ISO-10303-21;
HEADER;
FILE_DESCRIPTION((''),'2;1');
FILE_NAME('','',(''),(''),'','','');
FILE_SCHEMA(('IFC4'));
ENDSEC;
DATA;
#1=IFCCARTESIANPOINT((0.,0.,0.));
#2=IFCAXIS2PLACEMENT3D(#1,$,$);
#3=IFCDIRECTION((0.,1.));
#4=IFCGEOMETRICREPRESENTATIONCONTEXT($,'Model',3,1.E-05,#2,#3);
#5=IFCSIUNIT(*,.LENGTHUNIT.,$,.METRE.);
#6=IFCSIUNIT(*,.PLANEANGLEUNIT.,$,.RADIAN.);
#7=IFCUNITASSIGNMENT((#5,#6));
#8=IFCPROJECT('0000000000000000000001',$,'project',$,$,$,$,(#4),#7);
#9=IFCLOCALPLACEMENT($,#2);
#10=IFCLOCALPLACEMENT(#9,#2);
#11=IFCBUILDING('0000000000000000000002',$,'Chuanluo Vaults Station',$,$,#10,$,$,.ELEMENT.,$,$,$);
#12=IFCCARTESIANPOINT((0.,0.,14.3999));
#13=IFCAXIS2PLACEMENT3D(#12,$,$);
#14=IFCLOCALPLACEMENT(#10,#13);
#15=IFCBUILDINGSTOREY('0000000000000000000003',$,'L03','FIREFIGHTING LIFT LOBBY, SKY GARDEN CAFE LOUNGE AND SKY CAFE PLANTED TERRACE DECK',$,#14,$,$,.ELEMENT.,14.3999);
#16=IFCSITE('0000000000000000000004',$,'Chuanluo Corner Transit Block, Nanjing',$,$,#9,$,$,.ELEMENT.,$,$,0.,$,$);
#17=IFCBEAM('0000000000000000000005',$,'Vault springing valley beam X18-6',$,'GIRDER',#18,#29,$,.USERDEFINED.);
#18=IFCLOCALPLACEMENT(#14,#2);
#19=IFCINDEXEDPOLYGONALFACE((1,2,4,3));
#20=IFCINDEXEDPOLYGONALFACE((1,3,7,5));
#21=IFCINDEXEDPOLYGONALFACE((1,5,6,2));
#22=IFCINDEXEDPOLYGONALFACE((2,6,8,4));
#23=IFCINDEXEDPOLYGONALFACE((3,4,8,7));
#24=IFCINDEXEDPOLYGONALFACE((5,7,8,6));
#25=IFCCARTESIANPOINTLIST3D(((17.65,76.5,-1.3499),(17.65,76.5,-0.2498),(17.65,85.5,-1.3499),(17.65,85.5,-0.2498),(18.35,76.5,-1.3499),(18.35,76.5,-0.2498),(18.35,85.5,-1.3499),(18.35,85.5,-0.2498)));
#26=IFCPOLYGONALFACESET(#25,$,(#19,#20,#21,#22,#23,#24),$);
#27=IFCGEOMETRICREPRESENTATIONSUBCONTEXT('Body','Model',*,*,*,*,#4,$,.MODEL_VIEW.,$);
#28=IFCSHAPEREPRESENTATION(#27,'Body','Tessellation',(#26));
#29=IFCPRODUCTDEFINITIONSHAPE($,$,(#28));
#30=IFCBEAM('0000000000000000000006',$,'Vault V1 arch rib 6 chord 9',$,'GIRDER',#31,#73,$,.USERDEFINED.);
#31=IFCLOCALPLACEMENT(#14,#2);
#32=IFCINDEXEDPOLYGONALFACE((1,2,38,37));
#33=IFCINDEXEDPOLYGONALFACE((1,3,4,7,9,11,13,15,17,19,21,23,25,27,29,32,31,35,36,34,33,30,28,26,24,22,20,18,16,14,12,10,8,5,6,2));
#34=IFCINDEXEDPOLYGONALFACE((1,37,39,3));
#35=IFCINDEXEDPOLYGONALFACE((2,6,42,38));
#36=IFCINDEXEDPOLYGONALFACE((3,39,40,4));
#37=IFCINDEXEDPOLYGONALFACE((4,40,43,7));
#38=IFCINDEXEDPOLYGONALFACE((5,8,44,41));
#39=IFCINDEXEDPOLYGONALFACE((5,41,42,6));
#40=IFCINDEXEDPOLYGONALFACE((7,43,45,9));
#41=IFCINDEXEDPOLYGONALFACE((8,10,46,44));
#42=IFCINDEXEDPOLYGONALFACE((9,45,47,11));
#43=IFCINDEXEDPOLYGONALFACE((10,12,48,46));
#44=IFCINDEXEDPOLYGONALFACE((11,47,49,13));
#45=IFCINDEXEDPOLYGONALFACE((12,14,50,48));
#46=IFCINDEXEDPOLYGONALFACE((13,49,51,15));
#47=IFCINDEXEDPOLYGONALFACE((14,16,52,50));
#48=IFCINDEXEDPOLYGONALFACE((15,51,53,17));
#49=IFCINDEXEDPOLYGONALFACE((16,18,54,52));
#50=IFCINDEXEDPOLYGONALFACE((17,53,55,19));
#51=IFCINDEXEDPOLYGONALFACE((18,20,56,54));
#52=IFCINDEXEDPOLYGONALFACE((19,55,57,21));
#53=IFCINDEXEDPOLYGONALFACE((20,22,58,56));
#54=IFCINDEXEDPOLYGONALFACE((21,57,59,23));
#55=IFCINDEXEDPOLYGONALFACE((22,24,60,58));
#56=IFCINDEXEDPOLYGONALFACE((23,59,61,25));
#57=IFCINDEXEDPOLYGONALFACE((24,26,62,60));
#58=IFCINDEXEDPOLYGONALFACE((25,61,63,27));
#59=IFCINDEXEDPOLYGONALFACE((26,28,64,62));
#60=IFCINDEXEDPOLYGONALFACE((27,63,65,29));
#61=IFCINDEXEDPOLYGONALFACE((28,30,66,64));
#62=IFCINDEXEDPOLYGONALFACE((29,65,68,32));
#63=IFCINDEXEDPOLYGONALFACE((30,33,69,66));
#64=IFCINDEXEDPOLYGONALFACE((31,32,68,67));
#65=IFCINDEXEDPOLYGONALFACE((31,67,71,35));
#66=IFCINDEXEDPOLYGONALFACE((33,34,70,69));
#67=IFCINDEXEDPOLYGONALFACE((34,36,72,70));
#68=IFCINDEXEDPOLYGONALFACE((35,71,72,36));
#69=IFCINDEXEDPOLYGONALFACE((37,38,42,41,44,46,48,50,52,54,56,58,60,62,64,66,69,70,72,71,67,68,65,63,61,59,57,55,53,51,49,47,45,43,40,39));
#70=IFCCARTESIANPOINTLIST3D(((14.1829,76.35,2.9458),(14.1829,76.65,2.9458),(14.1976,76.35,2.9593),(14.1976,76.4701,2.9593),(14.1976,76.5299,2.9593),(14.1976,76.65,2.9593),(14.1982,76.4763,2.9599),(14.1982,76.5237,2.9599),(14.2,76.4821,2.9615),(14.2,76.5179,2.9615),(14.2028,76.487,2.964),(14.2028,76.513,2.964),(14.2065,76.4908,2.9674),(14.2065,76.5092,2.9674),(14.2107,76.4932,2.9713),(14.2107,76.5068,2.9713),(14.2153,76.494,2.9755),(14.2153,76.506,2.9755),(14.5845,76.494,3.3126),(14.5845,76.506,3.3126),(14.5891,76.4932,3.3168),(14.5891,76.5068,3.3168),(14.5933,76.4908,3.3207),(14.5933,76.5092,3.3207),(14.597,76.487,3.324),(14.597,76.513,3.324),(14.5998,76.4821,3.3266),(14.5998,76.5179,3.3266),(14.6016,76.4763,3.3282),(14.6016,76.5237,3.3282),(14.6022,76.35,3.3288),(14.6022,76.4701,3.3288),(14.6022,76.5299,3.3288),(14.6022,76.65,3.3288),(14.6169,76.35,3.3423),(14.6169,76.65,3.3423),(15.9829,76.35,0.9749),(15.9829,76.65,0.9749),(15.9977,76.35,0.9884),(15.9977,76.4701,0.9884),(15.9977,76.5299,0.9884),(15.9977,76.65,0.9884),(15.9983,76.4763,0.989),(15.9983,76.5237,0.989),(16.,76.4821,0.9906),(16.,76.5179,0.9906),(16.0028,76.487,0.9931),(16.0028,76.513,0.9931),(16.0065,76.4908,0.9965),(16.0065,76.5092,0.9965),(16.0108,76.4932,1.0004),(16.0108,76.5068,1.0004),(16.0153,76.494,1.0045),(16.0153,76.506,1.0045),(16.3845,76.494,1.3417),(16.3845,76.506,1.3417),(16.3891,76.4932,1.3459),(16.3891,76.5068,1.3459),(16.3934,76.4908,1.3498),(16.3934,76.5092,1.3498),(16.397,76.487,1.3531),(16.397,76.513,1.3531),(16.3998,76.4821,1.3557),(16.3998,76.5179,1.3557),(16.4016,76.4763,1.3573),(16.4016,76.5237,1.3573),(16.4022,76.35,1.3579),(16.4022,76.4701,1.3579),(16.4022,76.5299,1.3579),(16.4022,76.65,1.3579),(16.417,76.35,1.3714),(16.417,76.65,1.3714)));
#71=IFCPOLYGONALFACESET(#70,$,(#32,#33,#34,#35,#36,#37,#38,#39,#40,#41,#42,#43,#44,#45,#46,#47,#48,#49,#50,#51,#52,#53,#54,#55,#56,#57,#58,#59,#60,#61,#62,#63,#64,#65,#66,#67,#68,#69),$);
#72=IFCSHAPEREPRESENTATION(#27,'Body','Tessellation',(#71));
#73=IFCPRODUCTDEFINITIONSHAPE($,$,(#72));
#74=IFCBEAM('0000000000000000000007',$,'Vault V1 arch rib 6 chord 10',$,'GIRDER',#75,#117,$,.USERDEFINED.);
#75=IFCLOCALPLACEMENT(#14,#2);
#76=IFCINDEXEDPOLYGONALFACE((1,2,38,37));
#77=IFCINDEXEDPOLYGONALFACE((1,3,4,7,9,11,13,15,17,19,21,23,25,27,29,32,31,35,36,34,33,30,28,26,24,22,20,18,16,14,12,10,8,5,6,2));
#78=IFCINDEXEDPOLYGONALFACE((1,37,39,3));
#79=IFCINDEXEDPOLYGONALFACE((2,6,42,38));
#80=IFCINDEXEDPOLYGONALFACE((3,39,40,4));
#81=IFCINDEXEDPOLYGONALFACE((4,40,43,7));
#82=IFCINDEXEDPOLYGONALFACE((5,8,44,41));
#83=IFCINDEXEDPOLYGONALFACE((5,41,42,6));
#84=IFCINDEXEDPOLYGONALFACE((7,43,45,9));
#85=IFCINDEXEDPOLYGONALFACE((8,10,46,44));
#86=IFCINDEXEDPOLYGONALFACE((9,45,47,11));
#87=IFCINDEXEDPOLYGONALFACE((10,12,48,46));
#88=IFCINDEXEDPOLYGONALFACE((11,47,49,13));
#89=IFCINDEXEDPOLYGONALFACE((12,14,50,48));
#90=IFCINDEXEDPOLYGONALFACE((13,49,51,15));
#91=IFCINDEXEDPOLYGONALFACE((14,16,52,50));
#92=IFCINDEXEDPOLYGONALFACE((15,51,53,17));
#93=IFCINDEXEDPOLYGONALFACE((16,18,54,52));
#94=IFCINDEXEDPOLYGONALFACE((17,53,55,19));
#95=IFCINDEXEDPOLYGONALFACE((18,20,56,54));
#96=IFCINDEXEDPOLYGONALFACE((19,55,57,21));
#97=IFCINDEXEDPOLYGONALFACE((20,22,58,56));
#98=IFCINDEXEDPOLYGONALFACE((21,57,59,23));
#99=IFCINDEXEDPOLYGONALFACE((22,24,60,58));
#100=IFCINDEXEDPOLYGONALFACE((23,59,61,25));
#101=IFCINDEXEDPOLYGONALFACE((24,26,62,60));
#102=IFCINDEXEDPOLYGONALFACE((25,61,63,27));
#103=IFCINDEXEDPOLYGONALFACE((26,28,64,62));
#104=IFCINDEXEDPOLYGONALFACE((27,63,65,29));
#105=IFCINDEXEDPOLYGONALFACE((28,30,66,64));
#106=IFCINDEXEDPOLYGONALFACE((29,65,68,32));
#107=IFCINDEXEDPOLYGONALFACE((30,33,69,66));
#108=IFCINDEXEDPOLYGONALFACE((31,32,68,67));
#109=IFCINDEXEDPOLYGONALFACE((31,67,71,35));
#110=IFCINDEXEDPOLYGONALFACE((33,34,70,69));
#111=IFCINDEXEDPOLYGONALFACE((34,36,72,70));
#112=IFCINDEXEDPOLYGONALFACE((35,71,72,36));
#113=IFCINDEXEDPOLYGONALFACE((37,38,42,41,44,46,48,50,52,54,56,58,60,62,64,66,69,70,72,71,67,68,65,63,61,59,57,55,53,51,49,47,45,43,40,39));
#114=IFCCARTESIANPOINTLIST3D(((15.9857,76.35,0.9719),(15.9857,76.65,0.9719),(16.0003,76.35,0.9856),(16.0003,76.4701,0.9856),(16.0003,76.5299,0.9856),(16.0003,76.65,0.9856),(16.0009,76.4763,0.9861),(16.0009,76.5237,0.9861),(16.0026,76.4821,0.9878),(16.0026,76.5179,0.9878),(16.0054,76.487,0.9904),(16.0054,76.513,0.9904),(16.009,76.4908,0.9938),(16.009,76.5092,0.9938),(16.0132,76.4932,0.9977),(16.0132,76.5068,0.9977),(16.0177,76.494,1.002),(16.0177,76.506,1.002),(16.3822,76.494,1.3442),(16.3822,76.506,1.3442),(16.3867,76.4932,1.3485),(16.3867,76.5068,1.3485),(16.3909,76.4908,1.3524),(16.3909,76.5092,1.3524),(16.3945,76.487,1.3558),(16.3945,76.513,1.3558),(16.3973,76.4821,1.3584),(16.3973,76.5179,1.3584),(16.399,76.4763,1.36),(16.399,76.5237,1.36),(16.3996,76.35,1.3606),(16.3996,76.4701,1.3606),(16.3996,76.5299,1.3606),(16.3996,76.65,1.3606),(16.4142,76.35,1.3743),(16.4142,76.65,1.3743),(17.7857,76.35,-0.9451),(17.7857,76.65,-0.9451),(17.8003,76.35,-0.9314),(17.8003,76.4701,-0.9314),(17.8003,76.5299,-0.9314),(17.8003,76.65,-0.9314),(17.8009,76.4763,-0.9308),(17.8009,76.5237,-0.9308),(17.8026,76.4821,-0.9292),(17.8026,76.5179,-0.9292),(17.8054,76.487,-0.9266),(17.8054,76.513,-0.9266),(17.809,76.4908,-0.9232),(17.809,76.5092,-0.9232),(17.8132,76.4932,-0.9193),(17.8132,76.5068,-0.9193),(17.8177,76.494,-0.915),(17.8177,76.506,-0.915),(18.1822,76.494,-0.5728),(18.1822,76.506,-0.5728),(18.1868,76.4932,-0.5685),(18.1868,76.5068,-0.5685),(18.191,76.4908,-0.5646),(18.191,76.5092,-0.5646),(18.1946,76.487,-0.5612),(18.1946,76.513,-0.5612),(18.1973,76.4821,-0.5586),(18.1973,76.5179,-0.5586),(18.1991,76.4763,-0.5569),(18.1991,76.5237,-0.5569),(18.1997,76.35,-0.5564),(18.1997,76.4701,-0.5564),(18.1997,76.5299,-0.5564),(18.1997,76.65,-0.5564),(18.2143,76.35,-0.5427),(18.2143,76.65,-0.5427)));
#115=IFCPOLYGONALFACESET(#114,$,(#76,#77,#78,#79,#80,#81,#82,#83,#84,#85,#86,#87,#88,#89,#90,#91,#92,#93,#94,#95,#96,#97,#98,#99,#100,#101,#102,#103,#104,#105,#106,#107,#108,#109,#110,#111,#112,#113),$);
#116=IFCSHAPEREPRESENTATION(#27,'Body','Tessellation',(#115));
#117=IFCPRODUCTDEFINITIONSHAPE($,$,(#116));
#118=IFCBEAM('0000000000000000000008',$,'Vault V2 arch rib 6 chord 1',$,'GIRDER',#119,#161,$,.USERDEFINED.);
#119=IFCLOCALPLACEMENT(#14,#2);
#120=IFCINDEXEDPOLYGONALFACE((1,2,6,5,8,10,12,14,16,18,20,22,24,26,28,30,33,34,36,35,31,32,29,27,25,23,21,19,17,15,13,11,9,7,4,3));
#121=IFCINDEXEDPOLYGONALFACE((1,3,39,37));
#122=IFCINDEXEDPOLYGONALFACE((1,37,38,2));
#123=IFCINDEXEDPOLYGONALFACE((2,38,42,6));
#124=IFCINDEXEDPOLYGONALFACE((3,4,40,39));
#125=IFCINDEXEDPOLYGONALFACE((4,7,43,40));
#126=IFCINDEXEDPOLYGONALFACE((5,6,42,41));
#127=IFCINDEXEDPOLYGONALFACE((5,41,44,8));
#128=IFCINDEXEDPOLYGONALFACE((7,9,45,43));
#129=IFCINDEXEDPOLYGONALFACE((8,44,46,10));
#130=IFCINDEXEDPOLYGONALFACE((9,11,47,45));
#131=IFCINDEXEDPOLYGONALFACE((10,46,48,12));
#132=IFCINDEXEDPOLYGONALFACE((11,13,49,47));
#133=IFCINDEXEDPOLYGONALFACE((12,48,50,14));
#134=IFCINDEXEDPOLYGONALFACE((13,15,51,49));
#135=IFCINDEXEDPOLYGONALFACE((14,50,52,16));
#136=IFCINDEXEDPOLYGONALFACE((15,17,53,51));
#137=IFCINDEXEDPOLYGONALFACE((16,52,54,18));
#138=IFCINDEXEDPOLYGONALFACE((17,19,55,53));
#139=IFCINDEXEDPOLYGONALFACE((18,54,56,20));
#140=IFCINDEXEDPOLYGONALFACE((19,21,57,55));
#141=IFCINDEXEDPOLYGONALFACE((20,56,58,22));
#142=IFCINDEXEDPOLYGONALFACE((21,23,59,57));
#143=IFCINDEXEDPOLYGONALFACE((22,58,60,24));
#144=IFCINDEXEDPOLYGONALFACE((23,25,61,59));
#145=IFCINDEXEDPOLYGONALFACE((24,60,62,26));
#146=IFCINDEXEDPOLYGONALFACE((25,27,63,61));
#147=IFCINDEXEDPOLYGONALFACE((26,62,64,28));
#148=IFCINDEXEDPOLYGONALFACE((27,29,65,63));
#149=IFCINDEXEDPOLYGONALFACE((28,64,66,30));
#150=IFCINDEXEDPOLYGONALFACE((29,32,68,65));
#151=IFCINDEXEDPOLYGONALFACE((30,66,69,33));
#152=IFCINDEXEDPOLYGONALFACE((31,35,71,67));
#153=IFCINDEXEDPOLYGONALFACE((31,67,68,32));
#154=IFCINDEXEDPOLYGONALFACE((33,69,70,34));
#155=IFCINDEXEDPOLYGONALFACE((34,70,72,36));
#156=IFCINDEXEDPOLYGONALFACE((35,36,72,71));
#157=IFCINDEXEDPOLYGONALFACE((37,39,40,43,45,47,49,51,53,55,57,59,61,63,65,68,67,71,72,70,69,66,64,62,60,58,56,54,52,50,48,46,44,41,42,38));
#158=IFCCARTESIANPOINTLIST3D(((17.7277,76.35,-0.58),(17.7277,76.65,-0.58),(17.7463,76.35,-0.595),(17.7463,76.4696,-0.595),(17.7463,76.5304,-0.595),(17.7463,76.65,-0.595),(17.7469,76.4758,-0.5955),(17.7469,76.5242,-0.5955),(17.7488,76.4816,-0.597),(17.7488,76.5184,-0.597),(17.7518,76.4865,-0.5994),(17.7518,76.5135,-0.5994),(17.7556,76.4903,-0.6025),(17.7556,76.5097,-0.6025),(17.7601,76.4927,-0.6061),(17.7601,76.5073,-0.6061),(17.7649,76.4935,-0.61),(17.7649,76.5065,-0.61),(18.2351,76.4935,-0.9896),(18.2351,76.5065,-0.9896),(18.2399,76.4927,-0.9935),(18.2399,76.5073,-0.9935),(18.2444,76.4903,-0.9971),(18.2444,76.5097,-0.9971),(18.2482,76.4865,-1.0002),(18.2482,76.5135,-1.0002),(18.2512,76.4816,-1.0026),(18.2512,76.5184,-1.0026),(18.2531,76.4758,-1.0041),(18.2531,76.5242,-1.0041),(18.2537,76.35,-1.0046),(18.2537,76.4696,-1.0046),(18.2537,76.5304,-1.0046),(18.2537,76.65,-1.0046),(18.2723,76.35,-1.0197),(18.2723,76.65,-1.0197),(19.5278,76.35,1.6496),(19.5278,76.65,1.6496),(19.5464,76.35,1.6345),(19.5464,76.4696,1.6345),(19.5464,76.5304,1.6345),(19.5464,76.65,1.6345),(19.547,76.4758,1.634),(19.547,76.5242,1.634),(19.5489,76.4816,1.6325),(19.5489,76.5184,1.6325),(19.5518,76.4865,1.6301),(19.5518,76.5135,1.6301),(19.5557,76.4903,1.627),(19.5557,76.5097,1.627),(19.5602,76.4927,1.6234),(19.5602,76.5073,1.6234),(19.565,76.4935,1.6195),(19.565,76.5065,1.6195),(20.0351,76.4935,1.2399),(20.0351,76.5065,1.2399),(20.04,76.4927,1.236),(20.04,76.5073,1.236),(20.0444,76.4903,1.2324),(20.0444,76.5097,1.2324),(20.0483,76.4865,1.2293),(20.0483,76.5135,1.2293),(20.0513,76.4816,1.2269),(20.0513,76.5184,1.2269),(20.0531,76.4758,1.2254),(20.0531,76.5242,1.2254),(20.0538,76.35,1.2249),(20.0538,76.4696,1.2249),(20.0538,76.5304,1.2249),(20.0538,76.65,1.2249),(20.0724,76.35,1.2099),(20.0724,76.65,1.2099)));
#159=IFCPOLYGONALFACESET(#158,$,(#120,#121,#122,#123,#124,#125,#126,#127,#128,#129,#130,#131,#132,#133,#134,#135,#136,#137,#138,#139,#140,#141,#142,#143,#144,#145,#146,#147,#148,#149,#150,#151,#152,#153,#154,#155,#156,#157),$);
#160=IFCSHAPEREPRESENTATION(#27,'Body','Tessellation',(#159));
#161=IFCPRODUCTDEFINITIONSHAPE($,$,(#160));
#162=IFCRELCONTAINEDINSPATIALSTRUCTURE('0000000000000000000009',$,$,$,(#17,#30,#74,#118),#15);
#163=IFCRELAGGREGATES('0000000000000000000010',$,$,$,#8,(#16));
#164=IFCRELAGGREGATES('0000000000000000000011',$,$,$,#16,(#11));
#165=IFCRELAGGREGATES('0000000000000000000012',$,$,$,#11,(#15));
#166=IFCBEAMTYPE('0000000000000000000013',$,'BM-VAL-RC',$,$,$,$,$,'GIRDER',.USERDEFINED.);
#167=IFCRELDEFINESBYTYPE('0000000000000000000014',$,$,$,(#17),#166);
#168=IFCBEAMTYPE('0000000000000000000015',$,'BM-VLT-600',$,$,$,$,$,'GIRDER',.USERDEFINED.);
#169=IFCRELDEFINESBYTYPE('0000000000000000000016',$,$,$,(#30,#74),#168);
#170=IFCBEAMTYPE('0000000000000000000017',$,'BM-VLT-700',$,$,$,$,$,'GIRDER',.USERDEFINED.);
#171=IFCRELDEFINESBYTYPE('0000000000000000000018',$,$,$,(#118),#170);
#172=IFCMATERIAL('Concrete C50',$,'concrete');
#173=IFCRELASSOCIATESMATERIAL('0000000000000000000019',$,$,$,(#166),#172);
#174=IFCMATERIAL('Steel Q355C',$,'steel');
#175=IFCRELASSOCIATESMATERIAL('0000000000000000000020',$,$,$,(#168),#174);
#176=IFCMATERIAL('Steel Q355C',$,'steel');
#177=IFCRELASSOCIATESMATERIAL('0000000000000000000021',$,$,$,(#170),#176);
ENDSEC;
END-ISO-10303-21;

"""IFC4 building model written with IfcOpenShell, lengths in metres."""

from ifc_helpers import new_model, si_unit, direction, frame, origin, origin_2d, place, context, subcontext, project, spatial, rectangle, i_section, extrude, material, material_profile, profile_set, type_object, element, save


model = new_model("IFC4")

# Units and contexts
model_context = context("Model", 3, precision=1e-05, world=origin(), true_north=direction((0.0, 1.0)))
body_context = subcontext(model_context, "Body", "Model", "MODEL_VIEW")
ifc_project = project(units=[si_unit("LENGTHUNIT", "METRE"), si_unit("PLANEANGLEUNIT", "RADIAN")], contexts=[model_context])

# Site, building, storey
site_placement = place(None, origin())
site = spatial("IfcSite", under=ifc_project, at=site_placement, Name="Chuanluo Corner Transit Block, Nanjing", CompositionType="ELEMENT", RefElevation=0.0)
building_placement = place(site_placement, origin())
building = spatial("IfcBuilding", under=site, at=building_placement, Name="Chuanluo Vaults Station", CompositionType="ELEMENT")
storey_placement = place(building_placement, frame((0.0, 0.0, 14.3999)))
storey = spatial("IfcBuildingStorey", under=building, at=storey_placement, Name="L03", Description="FIREFIGHTING LIFT LOBBY, SKY GARDEN CAFE LOUNGE AND SKY CAFE PLANTED TERRACE DECK", CompositionType="ELEMENT", Elevation=14.3999)

# Beams
ifc_material_1 = material(Name="Concrete C50", Category="concrete")
ifc_material_profile_1 = material_profile(ifc_material_1, rectangle(XDim=0.7, YDim=1.1001, at=origin_2d()))
ifc_profile_set_1 = profile_set([ifc_material_profile_1], Name="Concrete C50")
beam_type_1 = type_object("IfcBeamType", Name="BM-VAL-RC", ElementType="GIRDER", PredefinedType="USERDEFINED", material=ifc_profile_set_1)
beam_1_placement = place(storey_placement, frame((18.0, 76.5, -0.7998), z_axis=(0.0, 1.0, 0.0), x_axis=(-1.0, 0.0, 0.0)))
element("IfcBeam", 1, at=beam_1_placement, inside=storey, type_object=beam_type_1, Name="Vault springing valley beam X18-6", ObjectType="GIRDER", PredefinedType="USERDEFINED", context=body_context, shape_type="SweptSolid", body=[
    extrude(rectangle(XDim=0.7, YDim=1.1001, at=origin_2d()), origin(), (0.0, 0.0, 1.0), 9.0),
])
ifc_material_2 = material(Name="Steel Q355C", Category="steel")
ifc_material_profile_2 = material_profile(ifc_material_2, i_section(OverallWidth=0.3, OverallDepth=0.5879, WebThickness=0.012, FlangeThickness=0.02, FilletRadius=0.0239, at=origin_2d()))
ifc_profile_set_2 = profile_set([ifc_material_profile_2], Name="Steel Q355C")
beam_type_2 = type_object("IfcBeamType", Name="BM-VLT-600", ElementType="GIRDER", PredefinedType="USERDEFINED", material=ifc_profile_set_2)
beam_2_placement = place(storey_placement, frame((14.3999, 76.5, 3.144), z_axis=(0.674369, 0.0, -0.738394), x_axis=(0.0, 1.0, 0.0)))
element("IfcBeam", 2, at=beam_2_placement, inside=storey, type_object=beam_type_2, Name="Vault V1 arch rib 6 chord 9", ObjectType="GIRDER", PredefinedType="USERDEFINED", context=body_context, shape_type="SweptSolid", body=[
    extrude(i_section(OverallWidth=0.3, OverallDepth=0.5879, WebThickness=0.012, FlangeThickness=0.02, FilletRadius=0.0239, at=origin_2d()), origin(), (0.0, 0.0, 1.0), 2.6692),
])
beam_3_placement = place(storey_placement, frame((16.2, 76.5, 1.1731), z_axis=(0.684522, 0.0, -0.728993), x_axis=(0.0, 1.0, 0.0)))
element("IfcBeam", 3, at=beam_3_placement, inside=storey, type_object=beam_type_2, Name="Vault V1 arch rib 6 chord 10", ObjectType="GIRDER", PredefinedType="USERDEFINED", context=body_context, shape_type="SweptSolid", body=[
    extrude(i_section(OverallWidth=0.3, OverallDepth=0.5879, WebThickness=0.012, FlangeThickness=0.02, FilletRadius=0.0239, at=origin_2d()), origin(), (0.0, 0.0, 1.0), 2.6296),
])
ifc_material_3 = material(Name="Steel Q355C", Category="steel")
ifc_material_profile_3 = material_profile(ifc_material_3, i_section(OverallWidth=0.3, OverallDepth=0.7, WebThickness=0.0129, FlangeThickness=0.0239, FilletRadius=0.0239, at=origin_2d()))
ifc_profile_set_3 = profile_set([ifc_material_profile_3], Name="Steel Q355C")
beam_type_3 = type_object("IfcBeamType", Name="BM-VLT-700", ElementType="GIRDER", PredefinedType="USERDEFINED", material=ifc_profile_set_3)
beam_4_placement = place(storey_placement, frame((18.0, 76.5, -0.7998), z_axis=(0.62819, 0.0, 0.77806), x_axis=(0.0, 1.0, 0.0)))
element("IfcBeam", 4, at=beam_4_placement, inside=storey, type_object=beam_type_3, Name="Vault V2 arch rib 6 chord 1", ObjectType="GIRDER", PredefinedType="USERDEFINED", context=body_context, shape_type="SweptSolid", body=[
    extrude(i_section(OverallWidth=0.3, OverallDepth=0.7, WebThickness=0.0129, FlangeThickness=0.0239, FilletRadius=0.0239, at=origin_2d()), origin(), (0.0, 0.0, 1.0), 2.8655),
])

save(model, "model.ifc")
